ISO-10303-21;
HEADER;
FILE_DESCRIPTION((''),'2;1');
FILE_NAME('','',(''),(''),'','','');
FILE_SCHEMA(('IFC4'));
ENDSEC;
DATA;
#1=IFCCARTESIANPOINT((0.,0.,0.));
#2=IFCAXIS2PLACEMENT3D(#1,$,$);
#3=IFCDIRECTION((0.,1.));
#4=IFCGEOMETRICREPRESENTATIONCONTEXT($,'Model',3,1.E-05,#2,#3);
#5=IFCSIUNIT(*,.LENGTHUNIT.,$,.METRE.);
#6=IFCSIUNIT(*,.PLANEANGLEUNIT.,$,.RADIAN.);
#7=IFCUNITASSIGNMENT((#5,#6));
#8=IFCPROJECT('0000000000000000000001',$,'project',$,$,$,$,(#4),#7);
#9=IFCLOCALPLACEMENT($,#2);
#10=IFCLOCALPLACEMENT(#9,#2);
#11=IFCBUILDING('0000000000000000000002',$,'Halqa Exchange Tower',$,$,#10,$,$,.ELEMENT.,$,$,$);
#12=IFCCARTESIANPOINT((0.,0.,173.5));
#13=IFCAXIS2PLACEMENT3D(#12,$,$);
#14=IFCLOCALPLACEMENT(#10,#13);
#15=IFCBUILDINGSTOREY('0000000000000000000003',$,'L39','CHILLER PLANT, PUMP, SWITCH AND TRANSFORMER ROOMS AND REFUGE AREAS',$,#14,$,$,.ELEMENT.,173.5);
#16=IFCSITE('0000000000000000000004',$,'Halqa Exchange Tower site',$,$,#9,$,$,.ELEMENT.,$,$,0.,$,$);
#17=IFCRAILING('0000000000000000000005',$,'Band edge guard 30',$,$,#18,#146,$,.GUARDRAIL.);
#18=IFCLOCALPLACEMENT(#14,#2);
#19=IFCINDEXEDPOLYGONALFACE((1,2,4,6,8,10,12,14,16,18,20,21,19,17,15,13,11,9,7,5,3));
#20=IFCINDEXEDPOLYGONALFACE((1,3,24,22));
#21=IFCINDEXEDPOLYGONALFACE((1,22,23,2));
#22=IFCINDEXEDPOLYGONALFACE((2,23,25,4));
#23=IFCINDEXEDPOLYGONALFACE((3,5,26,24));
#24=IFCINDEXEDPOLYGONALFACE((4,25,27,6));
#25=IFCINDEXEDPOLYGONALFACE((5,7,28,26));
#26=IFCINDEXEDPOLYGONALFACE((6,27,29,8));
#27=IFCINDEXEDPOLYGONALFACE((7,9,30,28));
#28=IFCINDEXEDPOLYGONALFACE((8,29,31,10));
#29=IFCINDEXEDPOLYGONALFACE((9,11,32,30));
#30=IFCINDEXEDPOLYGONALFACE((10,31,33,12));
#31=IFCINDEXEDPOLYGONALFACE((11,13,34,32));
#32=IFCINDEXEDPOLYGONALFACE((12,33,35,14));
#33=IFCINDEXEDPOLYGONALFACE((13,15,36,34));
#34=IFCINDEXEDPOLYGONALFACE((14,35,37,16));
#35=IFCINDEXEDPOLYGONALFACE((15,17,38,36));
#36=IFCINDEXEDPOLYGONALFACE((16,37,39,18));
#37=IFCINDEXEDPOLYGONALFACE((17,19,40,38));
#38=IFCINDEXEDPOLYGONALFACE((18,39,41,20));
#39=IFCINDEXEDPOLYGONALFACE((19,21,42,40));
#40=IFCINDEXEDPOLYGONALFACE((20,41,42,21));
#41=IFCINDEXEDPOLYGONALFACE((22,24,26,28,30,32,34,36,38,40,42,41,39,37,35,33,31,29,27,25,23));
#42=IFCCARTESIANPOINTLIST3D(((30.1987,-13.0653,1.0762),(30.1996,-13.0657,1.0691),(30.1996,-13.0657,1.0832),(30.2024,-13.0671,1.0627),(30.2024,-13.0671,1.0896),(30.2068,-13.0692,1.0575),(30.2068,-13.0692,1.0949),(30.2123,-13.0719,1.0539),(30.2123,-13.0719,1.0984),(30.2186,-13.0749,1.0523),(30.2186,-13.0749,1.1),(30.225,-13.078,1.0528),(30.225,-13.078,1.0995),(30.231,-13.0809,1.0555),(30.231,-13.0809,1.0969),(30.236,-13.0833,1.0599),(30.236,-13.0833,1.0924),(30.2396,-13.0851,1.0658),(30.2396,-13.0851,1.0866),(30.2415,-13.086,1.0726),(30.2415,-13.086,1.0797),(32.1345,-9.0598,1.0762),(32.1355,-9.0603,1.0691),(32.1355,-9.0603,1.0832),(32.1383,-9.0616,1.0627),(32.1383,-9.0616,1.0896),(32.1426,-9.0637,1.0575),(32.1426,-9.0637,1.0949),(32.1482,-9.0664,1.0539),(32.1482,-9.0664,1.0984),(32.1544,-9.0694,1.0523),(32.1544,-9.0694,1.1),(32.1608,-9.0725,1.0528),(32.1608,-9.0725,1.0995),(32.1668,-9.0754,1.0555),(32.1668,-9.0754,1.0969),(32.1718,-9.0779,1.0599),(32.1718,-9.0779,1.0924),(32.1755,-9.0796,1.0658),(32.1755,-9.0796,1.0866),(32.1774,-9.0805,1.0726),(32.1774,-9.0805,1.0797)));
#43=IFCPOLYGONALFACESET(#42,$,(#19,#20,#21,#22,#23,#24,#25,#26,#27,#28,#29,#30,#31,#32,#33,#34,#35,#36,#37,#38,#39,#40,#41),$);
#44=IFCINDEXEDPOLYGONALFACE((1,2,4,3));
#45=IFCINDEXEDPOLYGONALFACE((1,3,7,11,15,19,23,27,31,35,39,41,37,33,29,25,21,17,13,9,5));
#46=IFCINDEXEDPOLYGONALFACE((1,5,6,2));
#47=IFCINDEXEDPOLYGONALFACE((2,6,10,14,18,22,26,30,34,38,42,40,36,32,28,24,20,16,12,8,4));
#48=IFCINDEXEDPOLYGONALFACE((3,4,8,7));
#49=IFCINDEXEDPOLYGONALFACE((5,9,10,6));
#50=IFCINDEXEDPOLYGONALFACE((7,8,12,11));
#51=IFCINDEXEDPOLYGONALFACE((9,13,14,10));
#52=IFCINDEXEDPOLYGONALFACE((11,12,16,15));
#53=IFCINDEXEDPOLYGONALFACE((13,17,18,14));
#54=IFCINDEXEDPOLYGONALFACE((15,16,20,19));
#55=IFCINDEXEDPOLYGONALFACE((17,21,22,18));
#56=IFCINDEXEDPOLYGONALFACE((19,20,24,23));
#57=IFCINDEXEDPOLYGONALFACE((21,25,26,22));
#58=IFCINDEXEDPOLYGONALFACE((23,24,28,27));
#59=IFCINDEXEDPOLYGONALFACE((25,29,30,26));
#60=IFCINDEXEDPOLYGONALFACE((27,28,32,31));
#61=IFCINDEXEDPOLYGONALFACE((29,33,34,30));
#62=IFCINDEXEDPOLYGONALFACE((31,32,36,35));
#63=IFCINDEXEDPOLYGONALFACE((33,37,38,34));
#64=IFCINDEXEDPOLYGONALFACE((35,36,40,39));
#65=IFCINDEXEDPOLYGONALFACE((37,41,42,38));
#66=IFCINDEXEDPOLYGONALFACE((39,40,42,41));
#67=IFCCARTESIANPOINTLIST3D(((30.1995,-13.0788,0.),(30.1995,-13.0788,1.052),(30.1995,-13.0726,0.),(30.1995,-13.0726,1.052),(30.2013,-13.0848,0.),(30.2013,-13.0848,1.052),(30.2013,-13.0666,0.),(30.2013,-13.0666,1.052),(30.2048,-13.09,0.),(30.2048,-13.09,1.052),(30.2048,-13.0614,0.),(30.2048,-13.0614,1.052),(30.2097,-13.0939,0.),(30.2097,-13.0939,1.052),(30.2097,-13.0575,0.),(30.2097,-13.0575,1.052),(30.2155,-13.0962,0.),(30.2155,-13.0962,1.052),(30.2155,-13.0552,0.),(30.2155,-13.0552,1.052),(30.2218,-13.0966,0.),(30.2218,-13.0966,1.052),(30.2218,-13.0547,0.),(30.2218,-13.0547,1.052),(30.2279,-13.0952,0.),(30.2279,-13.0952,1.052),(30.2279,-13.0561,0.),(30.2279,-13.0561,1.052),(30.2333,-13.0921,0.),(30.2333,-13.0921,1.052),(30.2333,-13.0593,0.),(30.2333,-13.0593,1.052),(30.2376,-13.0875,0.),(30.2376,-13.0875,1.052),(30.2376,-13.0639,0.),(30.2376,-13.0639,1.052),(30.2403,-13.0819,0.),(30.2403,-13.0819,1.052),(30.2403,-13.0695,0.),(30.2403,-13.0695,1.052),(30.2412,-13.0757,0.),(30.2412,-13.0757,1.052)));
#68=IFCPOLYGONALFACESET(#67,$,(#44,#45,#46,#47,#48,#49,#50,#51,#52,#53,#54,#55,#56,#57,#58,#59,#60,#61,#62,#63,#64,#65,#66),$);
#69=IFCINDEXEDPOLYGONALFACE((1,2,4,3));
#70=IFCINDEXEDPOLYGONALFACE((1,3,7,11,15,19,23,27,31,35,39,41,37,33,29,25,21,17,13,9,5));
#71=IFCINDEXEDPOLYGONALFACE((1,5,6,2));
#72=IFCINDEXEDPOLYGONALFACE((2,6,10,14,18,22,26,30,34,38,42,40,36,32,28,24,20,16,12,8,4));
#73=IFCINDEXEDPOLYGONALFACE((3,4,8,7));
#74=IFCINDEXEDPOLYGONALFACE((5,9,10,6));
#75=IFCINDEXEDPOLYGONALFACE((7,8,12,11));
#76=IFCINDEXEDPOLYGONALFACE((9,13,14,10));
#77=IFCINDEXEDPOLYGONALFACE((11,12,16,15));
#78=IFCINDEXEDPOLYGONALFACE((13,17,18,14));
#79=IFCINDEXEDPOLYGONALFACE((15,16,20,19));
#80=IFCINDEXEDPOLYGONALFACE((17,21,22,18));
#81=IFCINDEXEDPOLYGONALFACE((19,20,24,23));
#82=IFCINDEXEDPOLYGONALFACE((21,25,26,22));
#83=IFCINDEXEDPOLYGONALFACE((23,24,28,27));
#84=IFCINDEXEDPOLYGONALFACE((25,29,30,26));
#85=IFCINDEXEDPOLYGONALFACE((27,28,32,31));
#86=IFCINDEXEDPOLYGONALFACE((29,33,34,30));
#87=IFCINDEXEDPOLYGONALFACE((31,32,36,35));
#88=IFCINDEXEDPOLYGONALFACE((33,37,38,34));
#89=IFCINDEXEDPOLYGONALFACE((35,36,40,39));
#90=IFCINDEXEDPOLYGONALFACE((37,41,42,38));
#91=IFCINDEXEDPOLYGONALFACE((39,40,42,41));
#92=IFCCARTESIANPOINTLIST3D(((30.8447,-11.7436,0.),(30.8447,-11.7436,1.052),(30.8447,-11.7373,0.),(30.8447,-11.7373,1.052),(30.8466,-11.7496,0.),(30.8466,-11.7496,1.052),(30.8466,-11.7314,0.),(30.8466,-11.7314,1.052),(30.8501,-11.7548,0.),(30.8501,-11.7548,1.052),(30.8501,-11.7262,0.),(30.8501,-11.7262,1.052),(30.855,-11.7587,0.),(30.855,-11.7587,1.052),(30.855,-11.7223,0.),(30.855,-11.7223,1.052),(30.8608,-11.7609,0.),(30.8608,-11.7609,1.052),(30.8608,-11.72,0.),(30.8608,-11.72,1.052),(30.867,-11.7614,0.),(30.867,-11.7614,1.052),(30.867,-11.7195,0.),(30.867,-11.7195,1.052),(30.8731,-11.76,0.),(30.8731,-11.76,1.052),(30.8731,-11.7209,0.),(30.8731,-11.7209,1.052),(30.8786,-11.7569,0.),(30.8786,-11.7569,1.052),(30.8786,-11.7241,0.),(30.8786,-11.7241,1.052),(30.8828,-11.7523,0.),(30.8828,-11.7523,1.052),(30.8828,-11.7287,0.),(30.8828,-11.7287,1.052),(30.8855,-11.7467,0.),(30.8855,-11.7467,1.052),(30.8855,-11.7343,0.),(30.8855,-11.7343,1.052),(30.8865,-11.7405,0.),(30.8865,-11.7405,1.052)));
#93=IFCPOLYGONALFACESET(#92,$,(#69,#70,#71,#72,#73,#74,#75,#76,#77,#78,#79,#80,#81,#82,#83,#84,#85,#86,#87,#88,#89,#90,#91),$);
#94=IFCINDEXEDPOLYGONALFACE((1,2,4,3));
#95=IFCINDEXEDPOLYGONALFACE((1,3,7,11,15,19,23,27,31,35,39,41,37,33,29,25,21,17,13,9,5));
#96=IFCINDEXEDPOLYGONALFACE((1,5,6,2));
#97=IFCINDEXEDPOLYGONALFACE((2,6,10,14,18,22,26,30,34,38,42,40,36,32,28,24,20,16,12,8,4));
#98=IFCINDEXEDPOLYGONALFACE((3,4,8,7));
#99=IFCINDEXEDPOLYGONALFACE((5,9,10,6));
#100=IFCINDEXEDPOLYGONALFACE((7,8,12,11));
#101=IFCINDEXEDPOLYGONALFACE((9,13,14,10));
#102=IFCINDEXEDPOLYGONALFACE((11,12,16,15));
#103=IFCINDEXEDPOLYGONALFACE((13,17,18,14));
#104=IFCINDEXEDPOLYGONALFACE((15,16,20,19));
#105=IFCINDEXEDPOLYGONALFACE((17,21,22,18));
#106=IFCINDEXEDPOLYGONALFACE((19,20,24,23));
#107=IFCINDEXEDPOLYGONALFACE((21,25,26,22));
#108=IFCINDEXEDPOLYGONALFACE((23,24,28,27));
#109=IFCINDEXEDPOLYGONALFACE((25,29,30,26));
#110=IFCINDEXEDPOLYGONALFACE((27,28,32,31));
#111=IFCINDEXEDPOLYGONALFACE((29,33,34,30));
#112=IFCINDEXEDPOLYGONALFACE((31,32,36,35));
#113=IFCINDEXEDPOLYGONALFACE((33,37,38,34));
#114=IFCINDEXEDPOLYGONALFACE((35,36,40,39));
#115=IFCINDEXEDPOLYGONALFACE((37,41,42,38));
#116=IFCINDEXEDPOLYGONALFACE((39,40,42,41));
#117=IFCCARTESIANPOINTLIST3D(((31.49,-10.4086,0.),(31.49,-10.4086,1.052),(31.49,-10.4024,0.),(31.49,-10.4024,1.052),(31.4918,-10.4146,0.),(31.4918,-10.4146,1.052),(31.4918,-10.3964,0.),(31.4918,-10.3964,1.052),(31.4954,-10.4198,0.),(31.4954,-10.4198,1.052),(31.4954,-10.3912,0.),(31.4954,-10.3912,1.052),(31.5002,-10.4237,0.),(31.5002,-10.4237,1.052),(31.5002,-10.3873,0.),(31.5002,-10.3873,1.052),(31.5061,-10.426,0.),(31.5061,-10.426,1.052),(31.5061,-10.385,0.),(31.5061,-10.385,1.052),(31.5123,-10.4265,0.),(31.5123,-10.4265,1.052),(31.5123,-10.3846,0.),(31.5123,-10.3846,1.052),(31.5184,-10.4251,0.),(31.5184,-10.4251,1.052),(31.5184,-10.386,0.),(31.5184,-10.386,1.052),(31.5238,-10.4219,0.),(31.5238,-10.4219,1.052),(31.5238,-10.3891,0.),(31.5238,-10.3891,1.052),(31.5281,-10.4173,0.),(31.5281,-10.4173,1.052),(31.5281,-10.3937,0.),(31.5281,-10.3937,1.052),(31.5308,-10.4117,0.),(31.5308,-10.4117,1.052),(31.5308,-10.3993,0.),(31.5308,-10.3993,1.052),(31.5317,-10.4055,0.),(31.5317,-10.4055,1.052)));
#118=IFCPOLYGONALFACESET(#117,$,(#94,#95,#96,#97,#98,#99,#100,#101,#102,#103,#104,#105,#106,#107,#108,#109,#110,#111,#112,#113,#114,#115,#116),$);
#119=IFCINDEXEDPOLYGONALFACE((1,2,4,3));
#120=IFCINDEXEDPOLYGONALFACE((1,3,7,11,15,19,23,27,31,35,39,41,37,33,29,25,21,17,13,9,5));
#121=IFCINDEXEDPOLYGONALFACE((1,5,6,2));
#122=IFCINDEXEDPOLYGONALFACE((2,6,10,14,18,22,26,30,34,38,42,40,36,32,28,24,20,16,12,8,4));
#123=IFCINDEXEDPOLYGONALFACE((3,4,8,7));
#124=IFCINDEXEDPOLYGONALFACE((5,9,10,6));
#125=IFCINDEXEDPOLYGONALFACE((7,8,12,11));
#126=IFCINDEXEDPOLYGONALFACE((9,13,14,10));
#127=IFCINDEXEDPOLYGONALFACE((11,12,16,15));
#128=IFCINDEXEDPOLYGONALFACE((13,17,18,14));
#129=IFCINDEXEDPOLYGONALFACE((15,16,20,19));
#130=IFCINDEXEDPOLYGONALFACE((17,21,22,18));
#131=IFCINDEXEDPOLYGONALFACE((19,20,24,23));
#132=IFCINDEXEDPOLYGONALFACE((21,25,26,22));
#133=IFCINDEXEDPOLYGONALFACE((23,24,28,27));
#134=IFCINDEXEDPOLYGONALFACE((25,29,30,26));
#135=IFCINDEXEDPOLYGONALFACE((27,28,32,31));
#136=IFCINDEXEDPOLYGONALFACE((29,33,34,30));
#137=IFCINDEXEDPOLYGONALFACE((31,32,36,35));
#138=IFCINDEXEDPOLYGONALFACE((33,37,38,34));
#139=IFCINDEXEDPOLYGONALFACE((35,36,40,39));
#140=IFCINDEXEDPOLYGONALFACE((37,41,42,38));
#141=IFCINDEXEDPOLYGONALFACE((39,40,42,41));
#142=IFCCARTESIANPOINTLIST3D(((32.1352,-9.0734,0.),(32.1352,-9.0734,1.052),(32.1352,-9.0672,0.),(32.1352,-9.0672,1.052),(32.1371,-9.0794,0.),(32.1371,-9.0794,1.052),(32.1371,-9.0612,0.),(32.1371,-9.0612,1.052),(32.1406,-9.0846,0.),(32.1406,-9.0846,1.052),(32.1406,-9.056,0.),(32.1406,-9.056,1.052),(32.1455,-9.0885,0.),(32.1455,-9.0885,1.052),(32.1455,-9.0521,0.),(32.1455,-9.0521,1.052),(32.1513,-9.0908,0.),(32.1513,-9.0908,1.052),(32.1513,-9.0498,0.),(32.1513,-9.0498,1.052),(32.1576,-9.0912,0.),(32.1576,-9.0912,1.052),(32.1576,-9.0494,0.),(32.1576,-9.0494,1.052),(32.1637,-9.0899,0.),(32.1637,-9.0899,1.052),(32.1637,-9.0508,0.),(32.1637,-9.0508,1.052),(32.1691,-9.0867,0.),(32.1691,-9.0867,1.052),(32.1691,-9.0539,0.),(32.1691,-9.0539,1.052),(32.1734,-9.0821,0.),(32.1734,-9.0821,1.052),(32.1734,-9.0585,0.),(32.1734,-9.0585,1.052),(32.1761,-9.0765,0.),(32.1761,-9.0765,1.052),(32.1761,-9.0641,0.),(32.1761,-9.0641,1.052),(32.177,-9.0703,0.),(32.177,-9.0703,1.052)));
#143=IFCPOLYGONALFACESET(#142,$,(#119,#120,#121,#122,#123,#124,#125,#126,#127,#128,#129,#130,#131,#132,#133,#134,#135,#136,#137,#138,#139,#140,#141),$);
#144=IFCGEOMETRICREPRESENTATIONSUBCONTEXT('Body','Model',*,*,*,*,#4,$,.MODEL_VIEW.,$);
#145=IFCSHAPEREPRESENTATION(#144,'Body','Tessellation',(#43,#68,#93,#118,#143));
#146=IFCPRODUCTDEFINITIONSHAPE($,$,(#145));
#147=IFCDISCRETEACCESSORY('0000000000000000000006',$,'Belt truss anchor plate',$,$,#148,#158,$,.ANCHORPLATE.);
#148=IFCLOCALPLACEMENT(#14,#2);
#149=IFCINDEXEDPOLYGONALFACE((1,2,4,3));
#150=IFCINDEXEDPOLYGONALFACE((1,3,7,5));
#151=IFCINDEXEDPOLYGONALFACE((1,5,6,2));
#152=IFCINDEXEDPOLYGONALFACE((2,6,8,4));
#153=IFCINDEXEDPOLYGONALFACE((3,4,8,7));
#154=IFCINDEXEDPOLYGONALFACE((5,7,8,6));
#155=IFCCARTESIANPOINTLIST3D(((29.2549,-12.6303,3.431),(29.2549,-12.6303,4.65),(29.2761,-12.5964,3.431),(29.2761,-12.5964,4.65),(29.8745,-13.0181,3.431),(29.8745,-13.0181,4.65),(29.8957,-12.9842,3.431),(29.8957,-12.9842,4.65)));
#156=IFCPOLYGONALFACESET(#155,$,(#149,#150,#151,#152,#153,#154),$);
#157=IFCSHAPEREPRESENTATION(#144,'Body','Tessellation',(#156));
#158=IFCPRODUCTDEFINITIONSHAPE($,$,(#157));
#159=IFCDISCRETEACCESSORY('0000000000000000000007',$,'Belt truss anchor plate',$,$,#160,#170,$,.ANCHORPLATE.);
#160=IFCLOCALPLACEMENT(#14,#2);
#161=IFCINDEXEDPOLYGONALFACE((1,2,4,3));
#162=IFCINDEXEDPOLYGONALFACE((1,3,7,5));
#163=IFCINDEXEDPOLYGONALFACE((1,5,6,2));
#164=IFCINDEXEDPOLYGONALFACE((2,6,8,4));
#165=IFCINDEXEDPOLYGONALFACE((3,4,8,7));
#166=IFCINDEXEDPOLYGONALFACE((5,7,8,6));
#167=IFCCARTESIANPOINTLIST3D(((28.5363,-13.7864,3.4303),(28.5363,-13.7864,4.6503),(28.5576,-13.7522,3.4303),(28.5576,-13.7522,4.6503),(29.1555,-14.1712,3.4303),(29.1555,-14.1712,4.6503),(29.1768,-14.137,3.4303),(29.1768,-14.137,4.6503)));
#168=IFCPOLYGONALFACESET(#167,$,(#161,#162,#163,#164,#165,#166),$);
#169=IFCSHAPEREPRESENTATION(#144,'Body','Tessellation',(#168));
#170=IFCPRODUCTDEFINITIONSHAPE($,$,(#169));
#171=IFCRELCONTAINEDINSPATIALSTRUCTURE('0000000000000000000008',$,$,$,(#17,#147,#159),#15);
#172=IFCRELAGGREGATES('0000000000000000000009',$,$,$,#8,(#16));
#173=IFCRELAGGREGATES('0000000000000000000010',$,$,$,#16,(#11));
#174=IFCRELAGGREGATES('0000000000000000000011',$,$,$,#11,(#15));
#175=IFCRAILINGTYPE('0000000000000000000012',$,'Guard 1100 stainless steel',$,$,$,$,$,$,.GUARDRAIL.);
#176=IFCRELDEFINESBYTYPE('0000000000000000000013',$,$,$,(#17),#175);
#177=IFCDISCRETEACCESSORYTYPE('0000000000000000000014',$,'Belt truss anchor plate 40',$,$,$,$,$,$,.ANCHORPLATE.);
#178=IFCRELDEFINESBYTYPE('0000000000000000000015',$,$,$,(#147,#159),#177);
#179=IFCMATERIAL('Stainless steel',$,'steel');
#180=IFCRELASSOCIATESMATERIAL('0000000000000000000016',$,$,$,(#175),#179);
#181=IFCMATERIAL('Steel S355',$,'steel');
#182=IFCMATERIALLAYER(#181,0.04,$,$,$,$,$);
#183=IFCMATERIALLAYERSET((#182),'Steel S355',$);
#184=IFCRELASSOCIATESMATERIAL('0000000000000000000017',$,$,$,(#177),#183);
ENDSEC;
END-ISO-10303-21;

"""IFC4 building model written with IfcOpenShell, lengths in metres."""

from ifc_helpers import new_model, si_unit, direction, frame, origin, origin_2d, place, context, subcontext, project, spatial, rectangle, circle, extrude, material, layer, layer_set, type_object, element, save


model = new_model("IFC4")

# Units and contexts
model_context = context("Model", 3, precision=1e-05, world=origin(), true_north=direction((0.0, 1.0)))
body_context = subcontext(model_context, "Body", "Model", "MODEL_VIEW")
ifc_project = project(units=[si_unit("LENGTHUNIT", "METRE"), si_unit("PLANEANGLEUNIT", "RADIAN")], contexts=[model_context])

# Site, building, storey
site_placement = place(None, origin())
site = spatial("IfcSite", under=ifc_project, at=site_placement, Name="Halqa Exchange Tower site", CompositionType="ELEMENT", RefElevation=0.0)
building_placement = place(site_placement, origin())
building = spatial("IfcBuilding", under=site, at=building_placement, Name="Halqa Exchange Tower", CompositionType="ELEMENT")
storey_placement = place(building_placement, frame((0.0, 0.0, 173.5)))
storey = spatial("IfcBuildingStorey", under=building, at=storey_placement, Name="L39", Description="CHILLER PLANT, PUMP, SWITCH AND TRANSFORMER ROOMS AND REFUGE AREAS", CompositionType="ELEMENT", Elevation=173.5)

# Shared definitions
ifc_material_1 = material(Name="Steel S355", Category="steel")

# Railing
ifc_material_2 = material(Name="Stainless steel", Category="steel")
railing_type = type_object("IfcRailingType", Name="Guard 1100 stainless steel", PredefinedType="GUARDRAIL", material=ifc_material_2)
railing_placement = place(storey_placement, frame((30.2202, -13.0757, 0.0)))
element("IfcRailing", 1, at=railing_placement, inside=storey, type_object=railing_type, Name="Band edge guard 30", PredefinedType="GUARDRAIL", context=body_context, shape_type="SweptSolid", body=[
    extrude(circle(Radius=0.0239, at=origin_2d()), frame((0.0, 0.0, 1.0762), z_axis=(0.435143, 0.900361, 0.0), x_axis=(-0.900361, 0.435143, 0.0)), (0.0, 0.0, 1.0), 4.4487),
    extrude(circle(Radius=0.021, at=origin_2d()), origin(), (0.0, 0.0, 1.0), 1.052),
    extrude(circle(Radius=0.021, at=origin_2d()), frame((0.6453, 1.3352, 0.0)), (0.0, 0.0, 1.0), 1.052),
    extrude(circle(Radius=0.021, at=origin_2d()), frame((1.2905, 2.6702, 0.0)), (0.0, 0.0, 1.0), 1.052),
    extrude(circle(Radius=0.021, at=origin_2d()), frame((1.9358, 4.0054, 0.0)), (0.0, 0.0, 1.0), 1.052),
])

# Discrete accessories
ifc_layer_1 = layer(ifc_material_1, 0.04)
ifc_layer_set_1 = layer_set([ifc_layer_1], Name="Steel S355")
discrete_accessory_type = type_object("IfcDiscreteAccessoryType", Name="Belt truss anchor plate 40", PredefinedType="ANCHORPLATE", material=ifc_layer_set_1)
discrete_accessory_1_placement = place(storey_placement, frame((29.5647, -12.8242, 4.0405), z_axis=(0.530547, 0.847656, 0.0), x_axis=(-0.847656, 0.530547, 0.0)))
element("IfcDiscreteAccessory", 2, at=discrete_accessory_1_placement, inside=storey, type_object=discrete_accessory_type, Name="Belt truss anchor plate", PredefinedType="ANCHORPLATE", context=body_context, shape_type="SweptSolid", body=[
    extrude(rectangle(XDim=0.731, YDim=1.219, at=origin_2d()), origin(), (0.0, 0.0, 1.0), 0.04),
])
discrete_accessory_2_placement = place(storey_placement, frame((28.8672, -13.9446, 4.0403), z_axis=(-0.527816, -0.849359, 0.0), x_axis=(0.849359, -0.527816, 0.0)))
element("IfcDiscreteAccessory", 3, at=discrete_accessory_2_placement, inside=storey, type_object=discrete_accessory_type, Name="Belt truss anchor plate", PredefinedType="ANCHORPLATE", context=body_context, shape_type="SweptSolid", body=[
    extrude(rectangle(XDim=0.729, YDim=1.22, at=origin_2d()), origin(), (0.0, 0.0, 1.0), 0.0403),
])

save(model, "model.ifc")
